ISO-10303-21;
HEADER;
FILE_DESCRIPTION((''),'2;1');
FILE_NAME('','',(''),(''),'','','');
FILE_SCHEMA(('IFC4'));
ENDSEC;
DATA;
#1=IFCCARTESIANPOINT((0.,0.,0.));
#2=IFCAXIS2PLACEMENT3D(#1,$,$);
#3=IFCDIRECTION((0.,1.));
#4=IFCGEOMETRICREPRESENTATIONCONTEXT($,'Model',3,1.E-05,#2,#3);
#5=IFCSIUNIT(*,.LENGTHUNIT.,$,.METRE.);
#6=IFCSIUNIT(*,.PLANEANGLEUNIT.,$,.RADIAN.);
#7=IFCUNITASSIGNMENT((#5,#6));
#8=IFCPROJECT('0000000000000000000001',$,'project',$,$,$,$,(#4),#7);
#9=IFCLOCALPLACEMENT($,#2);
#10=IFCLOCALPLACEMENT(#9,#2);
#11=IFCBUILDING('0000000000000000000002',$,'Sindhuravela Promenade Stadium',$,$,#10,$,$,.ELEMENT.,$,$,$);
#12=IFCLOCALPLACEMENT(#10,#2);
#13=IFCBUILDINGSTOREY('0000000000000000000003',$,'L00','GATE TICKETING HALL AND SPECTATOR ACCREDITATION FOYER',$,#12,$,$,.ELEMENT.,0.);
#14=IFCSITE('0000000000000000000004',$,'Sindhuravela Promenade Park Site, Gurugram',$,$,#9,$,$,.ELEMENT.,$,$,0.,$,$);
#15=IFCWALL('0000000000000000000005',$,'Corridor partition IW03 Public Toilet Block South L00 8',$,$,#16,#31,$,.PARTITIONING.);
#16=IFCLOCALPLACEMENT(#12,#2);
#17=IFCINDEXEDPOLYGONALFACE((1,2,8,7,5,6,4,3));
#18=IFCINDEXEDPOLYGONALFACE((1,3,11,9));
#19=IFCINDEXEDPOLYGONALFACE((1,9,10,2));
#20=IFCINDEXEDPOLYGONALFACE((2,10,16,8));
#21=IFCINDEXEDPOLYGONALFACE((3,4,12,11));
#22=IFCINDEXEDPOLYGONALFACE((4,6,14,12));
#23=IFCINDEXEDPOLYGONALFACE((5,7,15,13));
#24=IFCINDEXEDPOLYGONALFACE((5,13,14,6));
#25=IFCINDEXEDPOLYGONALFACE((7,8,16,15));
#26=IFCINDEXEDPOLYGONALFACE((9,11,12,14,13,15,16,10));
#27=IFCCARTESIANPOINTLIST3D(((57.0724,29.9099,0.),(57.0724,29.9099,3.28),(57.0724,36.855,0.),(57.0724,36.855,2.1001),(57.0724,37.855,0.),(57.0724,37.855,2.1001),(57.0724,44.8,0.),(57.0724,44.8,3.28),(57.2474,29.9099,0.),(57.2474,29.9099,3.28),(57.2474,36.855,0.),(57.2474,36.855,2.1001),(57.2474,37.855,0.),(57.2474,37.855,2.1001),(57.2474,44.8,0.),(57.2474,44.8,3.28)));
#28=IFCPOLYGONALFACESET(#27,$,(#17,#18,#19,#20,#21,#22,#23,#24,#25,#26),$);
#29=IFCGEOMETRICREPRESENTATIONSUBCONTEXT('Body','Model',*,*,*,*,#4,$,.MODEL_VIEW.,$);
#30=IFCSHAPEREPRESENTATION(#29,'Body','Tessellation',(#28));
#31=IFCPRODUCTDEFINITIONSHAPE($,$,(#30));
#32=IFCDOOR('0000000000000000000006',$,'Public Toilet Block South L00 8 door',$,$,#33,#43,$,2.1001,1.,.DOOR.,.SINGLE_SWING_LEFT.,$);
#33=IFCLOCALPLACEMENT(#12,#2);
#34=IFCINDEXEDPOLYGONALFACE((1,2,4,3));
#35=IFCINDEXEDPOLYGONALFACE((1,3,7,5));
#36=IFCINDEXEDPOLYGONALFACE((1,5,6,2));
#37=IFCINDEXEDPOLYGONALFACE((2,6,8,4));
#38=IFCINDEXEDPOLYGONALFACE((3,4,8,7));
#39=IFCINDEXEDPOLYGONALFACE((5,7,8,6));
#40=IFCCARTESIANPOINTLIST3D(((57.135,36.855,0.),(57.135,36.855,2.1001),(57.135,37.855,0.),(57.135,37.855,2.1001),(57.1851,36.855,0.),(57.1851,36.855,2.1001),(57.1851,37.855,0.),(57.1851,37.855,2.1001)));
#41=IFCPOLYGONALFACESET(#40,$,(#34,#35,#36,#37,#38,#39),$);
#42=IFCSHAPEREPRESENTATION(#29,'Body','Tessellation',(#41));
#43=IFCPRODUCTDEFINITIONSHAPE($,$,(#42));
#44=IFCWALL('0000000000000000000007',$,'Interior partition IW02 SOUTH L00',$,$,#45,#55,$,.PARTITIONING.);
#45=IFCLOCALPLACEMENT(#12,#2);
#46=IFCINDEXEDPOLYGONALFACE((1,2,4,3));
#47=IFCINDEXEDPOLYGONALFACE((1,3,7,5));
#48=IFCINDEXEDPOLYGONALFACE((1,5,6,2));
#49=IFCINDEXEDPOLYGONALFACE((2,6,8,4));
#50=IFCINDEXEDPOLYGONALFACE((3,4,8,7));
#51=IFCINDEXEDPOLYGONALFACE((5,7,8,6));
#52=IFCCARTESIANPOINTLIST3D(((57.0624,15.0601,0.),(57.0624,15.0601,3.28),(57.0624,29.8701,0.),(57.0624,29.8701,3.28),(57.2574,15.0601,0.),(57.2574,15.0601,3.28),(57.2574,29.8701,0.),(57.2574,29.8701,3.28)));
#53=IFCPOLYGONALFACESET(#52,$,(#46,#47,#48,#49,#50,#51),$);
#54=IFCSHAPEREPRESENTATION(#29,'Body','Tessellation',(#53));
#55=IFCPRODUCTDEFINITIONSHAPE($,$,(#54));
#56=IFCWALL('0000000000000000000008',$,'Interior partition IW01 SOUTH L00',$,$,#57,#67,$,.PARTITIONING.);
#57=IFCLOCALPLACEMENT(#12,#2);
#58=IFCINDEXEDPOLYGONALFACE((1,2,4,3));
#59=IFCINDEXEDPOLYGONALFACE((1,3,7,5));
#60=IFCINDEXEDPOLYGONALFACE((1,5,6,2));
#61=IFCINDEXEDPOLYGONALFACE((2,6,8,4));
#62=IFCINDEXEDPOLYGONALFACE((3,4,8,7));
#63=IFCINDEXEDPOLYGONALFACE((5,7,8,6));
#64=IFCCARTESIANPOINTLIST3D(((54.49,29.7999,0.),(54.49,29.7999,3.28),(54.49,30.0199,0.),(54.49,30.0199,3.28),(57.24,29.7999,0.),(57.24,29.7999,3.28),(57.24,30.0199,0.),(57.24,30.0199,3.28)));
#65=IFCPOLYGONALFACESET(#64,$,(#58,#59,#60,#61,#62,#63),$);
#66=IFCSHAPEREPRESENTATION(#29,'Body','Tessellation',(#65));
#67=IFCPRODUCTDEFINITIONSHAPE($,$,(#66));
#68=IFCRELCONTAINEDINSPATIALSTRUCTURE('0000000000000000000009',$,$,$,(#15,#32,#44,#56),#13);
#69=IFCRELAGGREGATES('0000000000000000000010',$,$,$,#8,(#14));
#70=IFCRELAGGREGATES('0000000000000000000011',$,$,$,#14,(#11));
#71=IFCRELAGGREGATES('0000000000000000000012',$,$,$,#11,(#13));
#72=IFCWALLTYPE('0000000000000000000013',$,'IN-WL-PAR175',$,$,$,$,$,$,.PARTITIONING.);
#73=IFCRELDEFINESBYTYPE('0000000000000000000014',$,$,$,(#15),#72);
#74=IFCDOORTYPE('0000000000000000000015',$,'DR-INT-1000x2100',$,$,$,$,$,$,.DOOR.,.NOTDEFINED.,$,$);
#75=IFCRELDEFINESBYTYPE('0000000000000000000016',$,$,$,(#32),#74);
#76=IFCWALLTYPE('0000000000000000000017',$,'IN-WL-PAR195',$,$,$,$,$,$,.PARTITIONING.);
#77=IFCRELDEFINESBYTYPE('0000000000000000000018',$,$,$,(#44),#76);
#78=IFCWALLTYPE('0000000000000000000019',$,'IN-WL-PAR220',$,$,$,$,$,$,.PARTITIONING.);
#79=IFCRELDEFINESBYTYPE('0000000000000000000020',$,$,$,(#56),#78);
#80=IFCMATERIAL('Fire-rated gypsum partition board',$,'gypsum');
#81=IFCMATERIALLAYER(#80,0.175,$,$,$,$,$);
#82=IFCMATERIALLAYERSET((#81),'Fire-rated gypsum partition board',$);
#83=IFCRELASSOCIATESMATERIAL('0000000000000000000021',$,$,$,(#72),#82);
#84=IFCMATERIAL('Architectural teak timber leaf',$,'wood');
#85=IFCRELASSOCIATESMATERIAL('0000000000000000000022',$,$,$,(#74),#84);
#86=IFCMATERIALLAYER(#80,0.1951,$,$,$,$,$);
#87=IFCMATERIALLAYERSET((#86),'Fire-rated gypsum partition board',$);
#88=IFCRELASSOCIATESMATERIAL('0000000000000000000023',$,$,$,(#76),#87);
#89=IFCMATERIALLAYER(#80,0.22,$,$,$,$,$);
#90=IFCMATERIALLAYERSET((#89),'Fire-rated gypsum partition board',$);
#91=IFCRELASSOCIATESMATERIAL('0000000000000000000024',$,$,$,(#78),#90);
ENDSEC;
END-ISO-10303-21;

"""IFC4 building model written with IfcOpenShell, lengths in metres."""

from ifc_helpers import new_model, si_unit, direction, frame, frame_2d, origin, place, context, subcontext, project, spatial, rectangle, extrude, material, layer, layer_set, type_object, element, fill, save


model = new_model("IFC4")

# Units and contexts
model_context = context("Model", 3, precision=1e-05, world=origin(), true_north=direction((0.0, 1.0)))
body_context = subcontext(model_context, "Body", "Model", "MODEL_VIEW")
ifc_project = project(units=[si_unit("LENGTHUNIT", "METRE"), si_unit("PLANEANGLEUNIT", "RADIAN")], contexts=[model_context])

# Site, building, storey
site_placement = place(None, origin())
site = spatial("IfcSite", under=ifc_project, at=site_placement, Name="Sindhuravela Promenade Park Site, Gurugram", CompositionType="ELEMENT", RefElevation=0.0)
building_placement = place(site_placement, origin())
building = spatial("IfcBuilding", under=site, at=building_placement, Name="Sindhuravela Promenade Stadium", CompositionType="ELEMENT")
storey_placement = place(building_placement, origin())
storey = spatial("IfcBuildingStorey", under=building, at=storey_placement, Name="L00", Description="GATE TICKETING HALL AND SPECTATOR ACCREDITATION FOYER", CompositionType="ELEMENT", Elevation=0.0)

# Wall, opening, door
ifc_material_1 = material(Name="Fire-rated gypsum partition board", Category="gypsum")
ifc_layer_1 = layer(ifc_material_1, 0.175)
ifc_layer_set_1 = layer_set([ifc_layer_1], Name="Fire-rated gypsum partition board")
wall_type_1 = type_object("IfcWallType", Name="IN-WL-PAR175", PredefinedType="PARTITIONING", material=ifc_layer_set_1)
wall_1_placement = place(storey_placement, frame((57.1599, 29.9099, 0.0), z_axis=(0.0, 0.0, 1.0), x_axis=(0.0, 1.0, 0.0)))
wall_1 = element("IfcWall", 1, at=wall_1_placement, inside=storey, type_object=wall_type_1, Name="Corridor partition IW03 Public Toilet Block South L00 8", PredefinedType="PARTITIONING", context=body_context, shape_type="SweptSolid", body=[
    extrude(rectangle(XDim=14.8901, YDim=0.175, at=frame_2d((7.4451, 0.0))), origin(), (0.0, 0.0, 1.0), 3.28),
])
opening_placement = place(wall_1_placement, frame((6.9451, 0.0, 0.0)))
opening = element("IfcOpeningElement", 2, at=opening_placement, cuts=wall_1, PredefinedType="OPENING", context=body_context, shape_type="SweptSolid", body=[
    extrude(rectangle(XDim=1.0, YDim=2.1001, at=frame_2d((0.5, 1.05))), frame((0.0, 0.0974, 0.0), z_axis=(0.0, -1.0, 0.0), x_axis=(1.0, 0.0, 0.0)), (0.0, 0.0, 1.0), 0.1951),
])
ifc_material_2 = material(Name="Architectural teak timber leaf", Category="wood")
door_type = type_object("IfcDoorType", Name="DR-INT-1000x2100", OperationType="NOTDEFINED", PredefinedType="DOOR", material=ifc_material_2)
door_placement = place(opening_placement, origin())
door = element("IfcDoor", 3, at=door_placement, inside=storey, type_object=door_type, Name="Public Toilet Block South L00 8 door", OperationType="SINGLE_SWING_LEFT", OverallHeight=2.1001, OverallWidth=1.0, PredefinedType="DOOR", context=body_context, shape_type="SweptSolid", body=[
    extrude(rectangle(XDim=1.0, YDim=2.1001, at=frame_2d((0.5, 1.05))), frame((0.0, 0.0249, 0.0), z_axis=(0.0, -1.0, 0.0), x_axis=(1.0, 0.0, 0.0)), (0.0, 0.0, 1.0), 0.05),
])
fill(opening, door)

# Walls
ifc_layer_2 = layer(ifc_material_1, 0.1951)
ifc_layer_set_2 = layer_set([ifc_layer_2], Name="Fire-rated gypsum partition board")
wall_type_2 = type_object("IfcWallType", Name="IN-WL-PAR195", PredefinedType="PARTITIONING", material=ifc_layer_set_2)
wall_2_placement = place(storey_placement, frame((57.1599, 29.8701, 0.0), z_axis=(0.0, 0.0, 1.0), x_axis=(0.0, -1.0, 0.0)))
element("IfcWall", 4, at=wall_2_placement, inside=storey, type_object=wall_type_2, Name="Interior partition IW02 SOUTH L00", PredefinedType="PARTITIONING", context=body_context, shape_type="SweptSolid", body=[
    extrude(rectangle(XDim=14.8101, YDim=0.1951, at=frame_2d((7.405, 0.0))), origin(), (0.0, 0.0, 1.0), 3.28),
])
ifc_layer_3 = layer(ifc_material_1, 0.22)
ifc_layer_set_3 = layer_set([ifc_layer_3], Name="Fire-rated gypsum partition board")
wall_type_3 = type_object("IfcWallType", Name="IN-WL-PAR220", PredefinedType="PARTITIONING", material=ifc_layer_set_3)
wall_3_placement = place(storey_placement, frame((54.49, 29.9099, 0.0), z_axis=(0.0, 0.0, 1.0), x_axis=(1.0, 0.0, 0.0)))
element("IfcWall", 5, at=wall_3_placement, inside=storey, type_object=wall_type_3, Name="Interior partition IW01 SOUTH L00", PredefinedType="PARTITIONING", context=body_context, shape_type="SweptSolid", body=[
    extrude(rectangle(XDim=2.75, YDim=0.22, at=frame_2d((1.375, 0.0))), origin(), (0.0, 0.0, 1.0), 3.28),
])

save(model, "model.ifc")
